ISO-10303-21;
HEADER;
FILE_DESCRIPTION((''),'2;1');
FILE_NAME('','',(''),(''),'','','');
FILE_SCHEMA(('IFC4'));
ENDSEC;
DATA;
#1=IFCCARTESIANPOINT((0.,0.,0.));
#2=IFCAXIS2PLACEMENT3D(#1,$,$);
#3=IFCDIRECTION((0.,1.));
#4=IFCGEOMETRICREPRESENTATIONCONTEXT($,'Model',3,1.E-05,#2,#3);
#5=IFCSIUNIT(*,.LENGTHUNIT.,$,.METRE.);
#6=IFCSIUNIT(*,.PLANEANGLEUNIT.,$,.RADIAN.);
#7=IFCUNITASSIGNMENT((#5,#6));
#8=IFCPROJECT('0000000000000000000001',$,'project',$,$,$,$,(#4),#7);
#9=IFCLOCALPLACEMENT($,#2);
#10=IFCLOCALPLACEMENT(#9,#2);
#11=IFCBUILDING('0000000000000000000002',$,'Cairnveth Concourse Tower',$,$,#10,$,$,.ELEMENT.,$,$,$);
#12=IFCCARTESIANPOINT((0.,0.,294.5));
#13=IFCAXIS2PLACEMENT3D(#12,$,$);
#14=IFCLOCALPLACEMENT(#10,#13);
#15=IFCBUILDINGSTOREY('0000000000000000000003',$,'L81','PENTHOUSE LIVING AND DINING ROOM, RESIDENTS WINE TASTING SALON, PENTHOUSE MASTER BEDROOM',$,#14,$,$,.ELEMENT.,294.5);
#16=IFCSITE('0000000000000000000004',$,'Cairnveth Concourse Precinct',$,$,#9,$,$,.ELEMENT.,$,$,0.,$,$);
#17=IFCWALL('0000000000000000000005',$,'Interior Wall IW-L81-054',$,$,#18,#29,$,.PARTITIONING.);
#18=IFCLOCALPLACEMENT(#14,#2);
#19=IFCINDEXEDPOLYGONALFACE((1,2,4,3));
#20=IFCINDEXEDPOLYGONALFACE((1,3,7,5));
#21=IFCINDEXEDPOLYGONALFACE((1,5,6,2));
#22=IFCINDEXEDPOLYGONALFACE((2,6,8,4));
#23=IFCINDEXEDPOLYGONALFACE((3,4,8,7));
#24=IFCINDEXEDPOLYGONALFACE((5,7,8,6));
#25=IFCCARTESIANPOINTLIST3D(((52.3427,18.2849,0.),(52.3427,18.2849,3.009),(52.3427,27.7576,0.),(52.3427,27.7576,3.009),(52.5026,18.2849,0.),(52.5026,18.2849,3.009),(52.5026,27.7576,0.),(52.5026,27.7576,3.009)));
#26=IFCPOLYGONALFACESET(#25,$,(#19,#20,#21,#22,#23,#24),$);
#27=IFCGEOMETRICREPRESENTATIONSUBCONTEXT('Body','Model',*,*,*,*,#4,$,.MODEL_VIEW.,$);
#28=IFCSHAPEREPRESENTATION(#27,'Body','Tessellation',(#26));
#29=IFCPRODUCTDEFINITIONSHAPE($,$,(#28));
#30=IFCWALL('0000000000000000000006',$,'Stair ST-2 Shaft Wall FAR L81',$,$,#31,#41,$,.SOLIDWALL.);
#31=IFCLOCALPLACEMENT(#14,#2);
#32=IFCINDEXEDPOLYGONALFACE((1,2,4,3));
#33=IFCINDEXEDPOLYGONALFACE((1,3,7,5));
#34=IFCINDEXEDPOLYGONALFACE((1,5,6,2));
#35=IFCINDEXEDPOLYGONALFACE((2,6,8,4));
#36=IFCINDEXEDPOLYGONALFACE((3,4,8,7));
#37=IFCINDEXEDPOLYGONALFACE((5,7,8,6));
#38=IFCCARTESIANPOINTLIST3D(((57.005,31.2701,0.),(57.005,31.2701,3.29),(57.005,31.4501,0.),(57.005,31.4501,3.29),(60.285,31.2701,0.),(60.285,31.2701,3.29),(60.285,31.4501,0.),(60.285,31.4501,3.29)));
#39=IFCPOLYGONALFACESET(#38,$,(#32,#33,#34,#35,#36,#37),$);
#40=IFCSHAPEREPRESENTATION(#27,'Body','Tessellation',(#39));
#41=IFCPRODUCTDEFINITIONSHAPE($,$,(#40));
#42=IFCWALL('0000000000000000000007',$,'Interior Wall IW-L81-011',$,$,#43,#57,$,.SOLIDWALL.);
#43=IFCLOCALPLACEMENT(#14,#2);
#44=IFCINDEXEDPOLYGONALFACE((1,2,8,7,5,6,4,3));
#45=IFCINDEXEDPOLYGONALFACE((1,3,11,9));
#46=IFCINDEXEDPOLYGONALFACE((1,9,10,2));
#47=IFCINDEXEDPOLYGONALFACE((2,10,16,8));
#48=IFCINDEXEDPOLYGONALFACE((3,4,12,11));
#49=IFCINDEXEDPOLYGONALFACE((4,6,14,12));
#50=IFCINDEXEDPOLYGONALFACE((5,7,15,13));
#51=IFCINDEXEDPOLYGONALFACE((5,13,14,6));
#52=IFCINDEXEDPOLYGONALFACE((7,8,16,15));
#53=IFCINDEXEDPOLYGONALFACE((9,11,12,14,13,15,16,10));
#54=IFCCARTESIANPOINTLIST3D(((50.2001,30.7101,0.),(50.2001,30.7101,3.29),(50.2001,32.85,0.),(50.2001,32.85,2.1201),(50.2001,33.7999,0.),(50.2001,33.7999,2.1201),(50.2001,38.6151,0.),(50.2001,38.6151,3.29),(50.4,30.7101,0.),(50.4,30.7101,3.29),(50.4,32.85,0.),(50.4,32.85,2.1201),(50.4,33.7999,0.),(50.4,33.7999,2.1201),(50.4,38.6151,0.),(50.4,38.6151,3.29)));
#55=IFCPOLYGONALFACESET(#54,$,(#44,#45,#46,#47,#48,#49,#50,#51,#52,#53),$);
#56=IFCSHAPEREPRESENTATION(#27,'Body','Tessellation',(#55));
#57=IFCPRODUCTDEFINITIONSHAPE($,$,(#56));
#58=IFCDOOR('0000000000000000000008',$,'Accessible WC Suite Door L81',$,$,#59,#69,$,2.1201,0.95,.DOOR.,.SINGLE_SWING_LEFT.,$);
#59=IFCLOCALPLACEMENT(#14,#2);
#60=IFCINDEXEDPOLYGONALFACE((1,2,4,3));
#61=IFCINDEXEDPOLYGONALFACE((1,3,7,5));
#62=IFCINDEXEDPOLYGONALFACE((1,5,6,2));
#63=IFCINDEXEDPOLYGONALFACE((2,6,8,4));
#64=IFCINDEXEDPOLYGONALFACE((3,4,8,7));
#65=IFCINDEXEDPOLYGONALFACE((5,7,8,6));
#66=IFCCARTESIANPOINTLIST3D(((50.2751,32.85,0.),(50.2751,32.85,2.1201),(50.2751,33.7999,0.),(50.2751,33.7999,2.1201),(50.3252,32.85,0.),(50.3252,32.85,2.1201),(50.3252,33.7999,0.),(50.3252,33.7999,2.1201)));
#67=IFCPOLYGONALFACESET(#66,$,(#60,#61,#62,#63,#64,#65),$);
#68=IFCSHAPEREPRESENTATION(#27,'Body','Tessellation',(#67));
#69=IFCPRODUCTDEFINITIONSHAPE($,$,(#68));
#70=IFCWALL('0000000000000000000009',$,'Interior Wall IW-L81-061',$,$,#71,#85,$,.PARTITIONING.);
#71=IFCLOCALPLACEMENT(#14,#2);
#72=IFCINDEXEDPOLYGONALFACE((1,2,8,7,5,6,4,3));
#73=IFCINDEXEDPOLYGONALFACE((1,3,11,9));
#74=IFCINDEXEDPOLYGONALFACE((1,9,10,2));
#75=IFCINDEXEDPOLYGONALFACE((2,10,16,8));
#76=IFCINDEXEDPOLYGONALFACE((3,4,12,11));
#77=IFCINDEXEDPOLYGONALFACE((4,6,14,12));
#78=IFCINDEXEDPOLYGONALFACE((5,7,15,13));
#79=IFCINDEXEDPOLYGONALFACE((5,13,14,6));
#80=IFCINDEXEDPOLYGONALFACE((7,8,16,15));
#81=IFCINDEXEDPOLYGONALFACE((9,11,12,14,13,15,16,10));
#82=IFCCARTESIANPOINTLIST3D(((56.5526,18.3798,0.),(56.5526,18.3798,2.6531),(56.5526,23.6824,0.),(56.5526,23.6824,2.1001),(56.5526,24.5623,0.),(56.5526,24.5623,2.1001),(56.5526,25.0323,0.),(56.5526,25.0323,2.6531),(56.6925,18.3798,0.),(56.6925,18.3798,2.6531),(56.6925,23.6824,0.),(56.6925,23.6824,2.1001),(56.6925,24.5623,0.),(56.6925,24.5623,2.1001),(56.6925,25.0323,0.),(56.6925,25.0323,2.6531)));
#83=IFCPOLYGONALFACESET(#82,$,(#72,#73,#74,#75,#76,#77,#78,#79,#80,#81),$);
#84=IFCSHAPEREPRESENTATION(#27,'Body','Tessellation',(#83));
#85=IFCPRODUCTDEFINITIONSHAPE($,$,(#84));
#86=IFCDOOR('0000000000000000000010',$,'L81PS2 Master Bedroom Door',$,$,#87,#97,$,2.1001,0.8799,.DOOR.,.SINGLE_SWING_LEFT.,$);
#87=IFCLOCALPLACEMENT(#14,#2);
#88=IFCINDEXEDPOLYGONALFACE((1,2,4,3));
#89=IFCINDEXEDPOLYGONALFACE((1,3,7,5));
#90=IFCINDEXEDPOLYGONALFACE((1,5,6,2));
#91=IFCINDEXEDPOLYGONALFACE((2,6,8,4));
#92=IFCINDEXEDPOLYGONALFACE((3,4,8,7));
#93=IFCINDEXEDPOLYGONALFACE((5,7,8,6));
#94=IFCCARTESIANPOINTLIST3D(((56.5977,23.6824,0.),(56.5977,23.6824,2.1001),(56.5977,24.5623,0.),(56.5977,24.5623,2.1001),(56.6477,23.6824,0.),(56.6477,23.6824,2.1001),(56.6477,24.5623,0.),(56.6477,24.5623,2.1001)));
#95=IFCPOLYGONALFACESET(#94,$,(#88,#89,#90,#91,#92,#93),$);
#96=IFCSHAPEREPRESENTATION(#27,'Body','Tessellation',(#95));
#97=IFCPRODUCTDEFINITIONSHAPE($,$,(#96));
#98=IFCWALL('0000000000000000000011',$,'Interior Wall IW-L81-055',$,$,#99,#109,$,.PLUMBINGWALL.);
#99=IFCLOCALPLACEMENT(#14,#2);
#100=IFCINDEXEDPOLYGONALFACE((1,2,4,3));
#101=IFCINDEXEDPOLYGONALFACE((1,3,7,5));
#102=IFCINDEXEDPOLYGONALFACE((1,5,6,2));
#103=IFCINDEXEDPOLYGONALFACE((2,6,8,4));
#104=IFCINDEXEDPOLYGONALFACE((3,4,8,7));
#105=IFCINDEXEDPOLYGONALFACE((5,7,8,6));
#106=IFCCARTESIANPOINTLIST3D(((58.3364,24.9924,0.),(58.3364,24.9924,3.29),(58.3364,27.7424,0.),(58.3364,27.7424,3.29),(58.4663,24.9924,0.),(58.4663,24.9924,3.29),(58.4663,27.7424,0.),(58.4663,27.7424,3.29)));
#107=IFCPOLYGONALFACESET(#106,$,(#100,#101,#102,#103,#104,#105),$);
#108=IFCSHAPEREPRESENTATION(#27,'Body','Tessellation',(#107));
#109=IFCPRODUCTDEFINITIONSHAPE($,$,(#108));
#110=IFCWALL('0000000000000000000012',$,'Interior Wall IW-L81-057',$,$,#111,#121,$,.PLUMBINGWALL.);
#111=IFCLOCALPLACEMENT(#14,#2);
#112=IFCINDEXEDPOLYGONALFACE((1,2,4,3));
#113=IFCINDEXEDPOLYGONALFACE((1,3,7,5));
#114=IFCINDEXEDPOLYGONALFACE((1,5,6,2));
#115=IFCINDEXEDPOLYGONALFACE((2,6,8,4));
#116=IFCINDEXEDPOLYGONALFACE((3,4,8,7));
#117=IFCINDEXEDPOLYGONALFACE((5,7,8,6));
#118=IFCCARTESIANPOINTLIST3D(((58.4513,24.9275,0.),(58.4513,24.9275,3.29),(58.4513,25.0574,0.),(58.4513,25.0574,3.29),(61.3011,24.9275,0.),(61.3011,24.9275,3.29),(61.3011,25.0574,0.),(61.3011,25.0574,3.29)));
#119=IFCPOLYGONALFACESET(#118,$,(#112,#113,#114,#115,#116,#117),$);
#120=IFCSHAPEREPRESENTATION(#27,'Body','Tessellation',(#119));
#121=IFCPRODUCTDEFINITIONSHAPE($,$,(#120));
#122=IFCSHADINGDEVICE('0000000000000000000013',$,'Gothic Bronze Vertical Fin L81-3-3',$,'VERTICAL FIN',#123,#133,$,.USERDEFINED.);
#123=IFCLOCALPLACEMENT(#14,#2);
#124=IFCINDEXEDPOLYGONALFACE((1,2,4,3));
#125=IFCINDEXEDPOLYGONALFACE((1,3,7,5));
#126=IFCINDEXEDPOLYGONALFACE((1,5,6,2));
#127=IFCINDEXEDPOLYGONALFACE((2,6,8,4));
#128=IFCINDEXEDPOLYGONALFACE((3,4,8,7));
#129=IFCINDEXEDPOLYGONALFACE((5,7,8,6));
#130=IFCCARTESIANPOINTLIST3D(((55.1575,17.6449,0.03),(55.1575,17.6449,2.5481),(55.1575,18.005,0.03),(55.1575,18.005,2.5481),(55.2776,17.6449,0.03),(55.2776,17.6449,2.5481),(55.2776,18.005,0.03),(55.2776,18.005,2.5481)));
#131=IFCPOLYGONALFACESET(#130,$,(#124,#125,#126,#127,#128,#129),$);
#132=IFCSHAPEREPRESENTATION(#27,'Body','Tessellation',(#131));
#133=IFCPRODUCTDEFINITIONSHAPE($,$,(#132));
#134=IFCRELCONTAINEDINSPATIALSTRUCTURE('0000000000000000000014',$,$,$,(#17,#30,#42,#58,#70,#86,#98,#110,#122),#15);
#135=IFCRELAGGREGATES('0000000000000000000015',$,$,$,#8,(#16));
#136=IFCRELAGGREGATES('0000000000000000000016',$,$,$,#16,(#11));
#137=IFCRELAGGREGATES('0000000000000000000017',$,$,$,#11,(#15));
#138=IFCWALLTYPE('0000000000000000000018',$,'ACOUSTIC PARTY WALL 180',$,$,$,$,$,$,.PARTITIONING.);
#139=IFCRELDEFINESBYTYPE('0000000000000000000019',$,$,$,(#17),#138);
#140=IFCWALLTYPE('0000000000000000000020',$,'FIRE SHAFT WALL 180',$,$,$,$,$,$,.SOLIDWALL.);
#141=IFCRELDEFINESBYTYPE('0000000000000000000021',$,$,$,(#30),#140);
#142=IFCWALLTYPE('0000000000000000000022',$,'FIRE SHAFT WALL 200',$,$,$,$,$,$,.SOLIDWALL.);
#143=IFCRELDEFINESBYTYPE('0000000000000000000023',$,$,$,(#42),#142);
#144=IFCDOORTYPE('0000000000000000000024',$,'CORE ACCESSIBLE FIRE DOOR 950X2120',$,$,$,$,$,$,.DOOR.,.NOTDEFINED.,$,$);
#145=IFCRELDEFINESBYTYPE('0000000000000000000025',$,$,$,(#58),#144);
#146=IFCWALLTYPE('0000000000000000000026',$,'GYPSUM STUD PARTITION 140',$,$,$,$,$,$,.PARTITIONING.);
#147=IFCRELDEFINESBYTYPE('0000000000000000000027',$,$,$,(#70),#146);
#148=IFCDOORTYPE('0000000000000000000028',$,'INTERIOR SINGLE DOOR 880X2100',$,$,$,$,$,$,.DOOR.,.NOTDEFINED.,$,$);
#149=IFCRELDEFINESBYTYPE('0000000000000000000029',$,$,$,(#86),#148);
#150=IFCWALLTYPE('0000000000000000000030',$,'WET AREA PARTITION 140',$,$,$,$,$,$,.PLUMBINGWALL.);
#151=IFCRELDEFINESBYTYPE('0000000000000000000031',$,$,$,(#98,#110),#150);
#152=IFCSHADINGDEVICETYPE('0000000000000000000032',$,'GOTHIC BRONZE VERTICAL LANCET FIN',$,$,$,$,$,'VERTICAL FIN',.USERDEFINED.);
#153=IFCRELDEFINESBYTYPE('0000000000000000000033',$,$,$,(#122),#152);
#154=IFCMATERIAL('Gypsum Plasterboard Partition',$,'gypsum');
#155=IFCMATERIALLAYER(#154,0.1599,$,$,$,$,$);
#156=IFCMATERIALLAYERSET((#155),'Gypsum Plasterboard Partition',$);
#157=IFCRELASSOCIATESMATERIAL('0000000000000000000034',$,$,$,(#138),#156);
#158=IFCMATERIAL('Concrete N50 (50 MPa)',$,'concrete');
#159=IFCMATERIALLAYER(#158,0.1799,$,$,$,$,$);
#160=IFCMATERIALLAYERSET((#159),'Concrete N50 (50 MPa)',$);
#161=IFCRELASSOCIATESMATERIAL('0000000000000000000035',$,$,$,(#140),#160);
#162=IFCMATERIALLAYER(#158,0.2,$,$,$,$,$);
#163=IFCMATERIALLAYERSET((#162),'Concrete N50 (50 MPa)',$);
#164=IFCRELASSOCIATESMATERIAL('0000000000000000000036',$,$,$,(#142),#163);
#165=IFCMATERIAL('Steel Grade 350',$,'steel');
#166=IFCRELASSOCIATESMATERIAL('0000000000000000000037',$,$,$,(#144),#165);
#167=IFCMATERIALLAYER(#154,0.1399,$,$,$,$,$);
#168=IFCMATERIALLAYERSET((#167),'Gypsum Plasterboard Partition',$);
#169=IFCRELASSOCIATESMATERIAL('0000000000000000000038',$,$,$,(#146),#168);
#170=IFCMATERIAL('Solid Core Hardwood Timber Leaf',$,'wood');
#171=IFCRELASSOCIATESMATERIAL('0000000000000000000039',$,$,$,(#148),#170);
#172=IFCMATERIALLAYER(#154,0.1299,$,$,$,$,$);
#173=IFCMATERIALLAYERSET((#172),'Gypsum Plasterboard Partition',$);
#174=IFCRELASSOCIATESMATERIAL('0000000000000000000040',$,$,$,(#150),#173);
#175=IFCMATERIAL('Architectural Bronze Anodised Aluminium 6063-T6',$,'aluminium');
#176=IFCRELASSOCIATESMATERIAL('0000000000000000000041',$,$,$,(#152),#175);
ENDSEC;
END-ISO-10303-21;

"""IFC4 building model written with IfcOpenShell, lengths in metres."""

from ifc_helpers import new_model, si_unit, direction, frame, frame_2d, origin, origin_2d, place, context, subcontext, project, spatial, rectangle, extrude, material, layer, layer_set, type_object, element, fill, save


model = new_model("IFC4")

# Units and contexts
model_context = context("Model", 3, precision=1e-05, world=origin(), true_north=direction((0.0, 1.0)))
body_context = subcontext(model_context, "Body", "Model", "MODEL_VIEW")
ifc_project = project(units=[si_unit("LENGTHUNIT", "METRE"), si_unit("PLANEANGLEUNIT", "RADIAN")], contexts=[model_context])

# Site, building, storey
site_placement = place(None, origin())
site = spatial("IfcSite", under=ifc_project, at=site_placement, Name="Cairnveth Concourse Precinct", CompositionType="ELEMENT", RefElevation=0.0)
building_placement = place(site_placement, origin())
building = spatial("IfcBuilding", under=site, at=building_placement, Name="Cairnveth Concourse Tower", CompositionType="ELEMENT")
storey_placement = place(building_placement, frame((0.0, 0.0, 294.5)))
storey = spatial("IfcBuildingStorey", under=building, at=storey_placement, Name="L81", Description="PENTHOUSE LIVING AND DINING ROOM, RESIDENTS WINE TASTING SALON, PENTHOUSE MASTER BEDROOM", CompositionType="ELEMENT", Elevation=294.5)

# Shared definitions
ifc_material_1 = material(Name="Concrete N50 (50 MPa)", Category="concrete")
ifc_material_2 = material(Name="Steel Grade 350", Category="steel")

# Shared definitions
ifc_material_3 = material(Name="Gypsum Plasterboard Partition", Category="gypsum")
ifc_layer_1 = layer(ifc_material_3, 0.1599)
ifc_layer_set_1 = layer_set([ifc_layer_1], Name="Gypsum Plasterboard Partition")
wall_type_1 = type_object("IfcWallType", Name="ACOUSTIC PARTY WALL 180", PredefinedType="PARTITIONING", material=ifc_layer_set_1)

# Walls
wall_1_placement = place(storey_placement, frame((52.4226, 18.2849, 0.0), z_axis=(0.0, 0.0, 1.0), x_axis=(0.0, 1.0, 0.0)))
element("IfcWall", 1, at=wall_1_placement, inside=storey, type_object=wall_type_1, Name="Interior Wall IW-L81-054", PredefinedType="PARTITIONING", context=body_context, shape_type="SweptSolid", body=[
    extrude(rectangle(XDim=9.4727, YDim=0.1599, at=frame_2d((4.7363, 0.0))), origin(), (0.0, 0.0, 1.0), 3.009),
])
ifc_layer_2 = layer(ifc_material_1, 0.1799)
ifc_layer_set_2 = layer_set([ifc_layer_2], Name="Concrete N50 (50 MPa)")
wall_type_2 = type_object("IfcWallType", Name="FIRE SHAFT WALL 180", PredefinedType="SOLIDWALL", material=ifc_layer_set_2)
wall_2_placement = place(storey_placement, frame((57.0049, 31.3601, 0.0), z_axis=(0.0, 0.0, 1.0), x_axis=(1.0, 0.0, 0.0)))
element("IfcWall", 2, at=wall_2_placement, inside=storey, type_object=wall_type_2, Name="Stair ST-2 Shaft Wall FAR L81", PredefinedType="SOLIDWALL", context=body_context, shape_type="SweptSolid", body=[
    extrude(rectangle(XDim=3.28, YDim=0.1799, at=frame_2d((1.6401, 0.0))), origin(), (0.0, 0.0, 1.0), 3.29),
])

# Wall, opening, door
ifc_layer_3 = layer(ifc_material_1, 0.2)
ifc_layer_set_3 = layer_set([ifc_layer_3], Name="Concrete N50 (50 MPa)")
wall_type_3 = type_object("IfcWallType", Name="FIRE SHAFT WALL 200", PredefinedType="SOLIDWALL", material=ifc_layer_set_3)
wall_3_placement = place(storey_placement, frame((50.3, 30.71, 0.0), z_axis=(0.0, 0.0, 1.0), x_axis=(0.0, 1.0, 0.0)))
wall_3 = element("IfcWall", 3, at=wall_3_placement, inside=storey, type_object=wall_type_3, Name="Interior Wall IW-L81-011", PredefinedType="SOLIDWALL", context=body_context, shape_type="SweptSolid", body=[
    extrude(rectangle(XDim=7.905, YDim=0.2, at=frame_2d((3.9526, 0.0))), origin(), (0.0, 0.0, 1.0), 3.29),
])
opening_1_placement = place(wall_3_placement, frame((2.1399, 0.0, 0.0)))
opening_1 = element("IfcOpeningElement", 4, at=opening_1_placement, cuts=wall_3, PredefinedType="OPENING", context=body_context, shape_type="SweptSolid", body=[
    extrude(rectangle(XDim=0.95, YDim=2.1201, at=frame_2d((0.4751, 1.0601))), frame((0.0, 0.1099, 0.0), z_axis=(0.0, -1.0, 0.0), x_axis=(1.0, 0.0, 0.0)), (0.0, 0.0, 1.0), 0.22),
])
door_type_1 = type_object("IfcDoorType", Name="CORE ACCESSIBLE FIRE DOOR 950X2120", OperationType="NOTDEFINED", PredefinedType="DOOR", material=ifc_material_2)
door_1_placement = place(opening_1_placement, origin())
door_1 = element("IfcDoor", 5, at=door_1_placement, inside=storey, type_object=door_type_1, Name="Accessible WC Suite Door L81", OperationType="SINGLE_SWING_LEFT", OverallHeight=2.1201, OverallWidth=0.95, PredefinedType="DOOR", context=body_context, shape_type="SweptSolid", body=[
    extrude(rectangle(XDim=0.95, YDim=2.1201, at=frame_2d((0.4751, 1.0601))), frame((0.0, 0.0249, 0.0), z_axis=(0.0, -1.0, 0.0), x_axis=(1.0, 0.0, 0.0)), (0.0, 0.0, 1.0), 0.05),
])
fill(opening_1, door_1)

# Wall, opening, door
ifc_layer_4 = layer(ifc_material_3, 0.1399)
ifc_layer_set_4 = layer_set([ifc_layer_4], Name="Gypsum Plasterboard Partition")
wall_type_4 = type_object("IfcWallType", Name="GYPSUM STUD PARTITION 140", PredefinedType="PARTITIONING", material=ifc_layer_set_4)
wall_4_placement = place(storey_placement, frame((56.6226, 18.3799, 0.0), z_axis=(0.0, 0.0, 1.0), x_axis=(0.0, 1.0, 0.0)))
wall_4 = element("IfcWall", 6, at=wall_4_placement, inside=storey, type_object=wall_type_4, Name="Interior Wall IW-L81-061", PredefinedType="PARTITIONING", context=body_context, shape_type="SweptSolid", body=[
    extrude(rectangle(XDim=6.6526, YDim=0.1399, at=frame_2d((3.3262, 0.0))), origin(), (0.0, 0.0, 1.0), 2.6531),
])
opening_2_placement = place(wall_4_placement, frame((5.3025, 0.0, 0.0)))
opening_2 = element("IfcOpeningElement", 7, at=opening_2_placement, cuts=wall_4, PredefinedType="OPENING", context=body_context, shape_type="SweptSolid", body=[
    extrude(rectangle(XDim=0.8799, YDim=2.1001, at=frame_2d((0.4399, 1.05))), frame((0.0, 0.0798, 0.0), z_axis=(0.0, -1.0, 0.0), x_axis=(1.0, 0.0, 0.0)), (0.0, 0.0, 1.0), 0.1599),
])
ifc_material_4 = material(Name="Solid Core Hardwood Timber Leaf", Category="wood")
door_type_2 = type_object("IfcDoorType", Name="INTERIOR SINGLE DOOR 880X2100", OperationType="NOTDEFINED", PredefinedType="DOOR", material=ifc_material_4)
door_2_placement = place(opening_2_placement, origin())
door_2 = element("IfcDoor", 8, at=door_2_placement, inside=storey, type_object=door_type_2, Name="L81PS2 Master Bedroom Door", OperationType="SINGLE_SWING_LEFT", OverallHeight=2.1001, OverallWidth=0.8799, PredefinedType="DOOR", context=body_context, shape_type="SweptSolid", body=[
    extrude(rectangle(XDim=0.8799, YDim=2.1001, at=frame_2d((0.4399, 1.05))), frame((0.0, 0.0249, 0.0), z_axis=(0.0, -1.0, 0.0), x_axis=(1.0, 0.0, 0.0)), (0.0, 0.0, 1.0), 0.05),
])
fill(opening_2, door_2)

# Walls
ifc_layer_5 = layer(ifc_material_3, 0.1299)
ifc_layer_set_5 = layer_set([ifc_layer_5], Name="Gypsum Plasterboard Partition")
wall_type_5 = type_object("IfcWallType", Name="WET AREA PARTITION 140", PredefinedType="PLUMBINGWALL", material=ifc_layer_set_5)
wall_5_placement = place(storey_placement, frame((58.4014, 24.9924, 0.0), z_axis=(0.0, 0.0, 1.0), x_axis=(0.0, 1.0, 0.0)))
element("IfcWall", 9, at=wall_5_placement, inside=storey, type_object=wall_type_5, Name="Interior Wall IW-L81-055", PredefinedType="PLUMBINGWALL", context=body_context, shape_type="SweptSolid", body=[
    extrude(rectangle(XDim=2.75, YDim=0.1299, at=frame_2d((1.375, 0.0))), origin(), (0.0, 0.0, 1.0), 3.29),
])
wall_6_placement = place(storey_placement, frame((58.4514, 24.9924, 0.0), z_axis=(0.0, 0.0, 1.0), x_axis=(1.0, 0.0, 0.0)))
element("IfcWall", 10, at=wall_6_placement, inside=storey, type_object=wall_type_5, Name="Interior Wall IW-L81-057", PredefinedType="PLUMBINGWALL", context=body_context, shape_type="SweptSolid", body=[
    extrude(rectangle(XDim=2.8499, YDim=0.1299, at=frame_2d((1.4248, 0.0))), origin(), (0.0, 0.0, 1.0), 3.29),
])

# Shading device
ifc_material_5 = material(Name="Architectural Bronze Anodised Aluminium 6063-T6", Category="aluminium")
shading_device_type = type_object("IfcShadingDeviceType", Name="GOTHIC BRONZE VERTICAL LANCET FIN", ElementType="VERTICAL FIN", PredefinedType="USERDEFINED", material=ifc_material_5)
shading_device_placement = place(storey_placement, frame((55.2175, 17.825, 0.03), z_axis=(0.0, 0.0, 1.0), x_axis=(1.0, 0.0, 0.0)))
element("IfcShadingDevice", 11, at=shading_device_placement, inside=storey, type_object=shading_device_type, Name="Gothic Bronze Vertical Fin L81-3-3", ObjectType="VERTICAL FIN", PredefinedType="USERDEFINED", context=body_context, shape_type="SweptSolid", body=[
    extrude(rectangle(XDim=0.1201, YDim=0.3601, at=origin_2d()), origin(), (0.0, 0.0, 1.0), 2.5181),
])

save(model, "model.ifc")
